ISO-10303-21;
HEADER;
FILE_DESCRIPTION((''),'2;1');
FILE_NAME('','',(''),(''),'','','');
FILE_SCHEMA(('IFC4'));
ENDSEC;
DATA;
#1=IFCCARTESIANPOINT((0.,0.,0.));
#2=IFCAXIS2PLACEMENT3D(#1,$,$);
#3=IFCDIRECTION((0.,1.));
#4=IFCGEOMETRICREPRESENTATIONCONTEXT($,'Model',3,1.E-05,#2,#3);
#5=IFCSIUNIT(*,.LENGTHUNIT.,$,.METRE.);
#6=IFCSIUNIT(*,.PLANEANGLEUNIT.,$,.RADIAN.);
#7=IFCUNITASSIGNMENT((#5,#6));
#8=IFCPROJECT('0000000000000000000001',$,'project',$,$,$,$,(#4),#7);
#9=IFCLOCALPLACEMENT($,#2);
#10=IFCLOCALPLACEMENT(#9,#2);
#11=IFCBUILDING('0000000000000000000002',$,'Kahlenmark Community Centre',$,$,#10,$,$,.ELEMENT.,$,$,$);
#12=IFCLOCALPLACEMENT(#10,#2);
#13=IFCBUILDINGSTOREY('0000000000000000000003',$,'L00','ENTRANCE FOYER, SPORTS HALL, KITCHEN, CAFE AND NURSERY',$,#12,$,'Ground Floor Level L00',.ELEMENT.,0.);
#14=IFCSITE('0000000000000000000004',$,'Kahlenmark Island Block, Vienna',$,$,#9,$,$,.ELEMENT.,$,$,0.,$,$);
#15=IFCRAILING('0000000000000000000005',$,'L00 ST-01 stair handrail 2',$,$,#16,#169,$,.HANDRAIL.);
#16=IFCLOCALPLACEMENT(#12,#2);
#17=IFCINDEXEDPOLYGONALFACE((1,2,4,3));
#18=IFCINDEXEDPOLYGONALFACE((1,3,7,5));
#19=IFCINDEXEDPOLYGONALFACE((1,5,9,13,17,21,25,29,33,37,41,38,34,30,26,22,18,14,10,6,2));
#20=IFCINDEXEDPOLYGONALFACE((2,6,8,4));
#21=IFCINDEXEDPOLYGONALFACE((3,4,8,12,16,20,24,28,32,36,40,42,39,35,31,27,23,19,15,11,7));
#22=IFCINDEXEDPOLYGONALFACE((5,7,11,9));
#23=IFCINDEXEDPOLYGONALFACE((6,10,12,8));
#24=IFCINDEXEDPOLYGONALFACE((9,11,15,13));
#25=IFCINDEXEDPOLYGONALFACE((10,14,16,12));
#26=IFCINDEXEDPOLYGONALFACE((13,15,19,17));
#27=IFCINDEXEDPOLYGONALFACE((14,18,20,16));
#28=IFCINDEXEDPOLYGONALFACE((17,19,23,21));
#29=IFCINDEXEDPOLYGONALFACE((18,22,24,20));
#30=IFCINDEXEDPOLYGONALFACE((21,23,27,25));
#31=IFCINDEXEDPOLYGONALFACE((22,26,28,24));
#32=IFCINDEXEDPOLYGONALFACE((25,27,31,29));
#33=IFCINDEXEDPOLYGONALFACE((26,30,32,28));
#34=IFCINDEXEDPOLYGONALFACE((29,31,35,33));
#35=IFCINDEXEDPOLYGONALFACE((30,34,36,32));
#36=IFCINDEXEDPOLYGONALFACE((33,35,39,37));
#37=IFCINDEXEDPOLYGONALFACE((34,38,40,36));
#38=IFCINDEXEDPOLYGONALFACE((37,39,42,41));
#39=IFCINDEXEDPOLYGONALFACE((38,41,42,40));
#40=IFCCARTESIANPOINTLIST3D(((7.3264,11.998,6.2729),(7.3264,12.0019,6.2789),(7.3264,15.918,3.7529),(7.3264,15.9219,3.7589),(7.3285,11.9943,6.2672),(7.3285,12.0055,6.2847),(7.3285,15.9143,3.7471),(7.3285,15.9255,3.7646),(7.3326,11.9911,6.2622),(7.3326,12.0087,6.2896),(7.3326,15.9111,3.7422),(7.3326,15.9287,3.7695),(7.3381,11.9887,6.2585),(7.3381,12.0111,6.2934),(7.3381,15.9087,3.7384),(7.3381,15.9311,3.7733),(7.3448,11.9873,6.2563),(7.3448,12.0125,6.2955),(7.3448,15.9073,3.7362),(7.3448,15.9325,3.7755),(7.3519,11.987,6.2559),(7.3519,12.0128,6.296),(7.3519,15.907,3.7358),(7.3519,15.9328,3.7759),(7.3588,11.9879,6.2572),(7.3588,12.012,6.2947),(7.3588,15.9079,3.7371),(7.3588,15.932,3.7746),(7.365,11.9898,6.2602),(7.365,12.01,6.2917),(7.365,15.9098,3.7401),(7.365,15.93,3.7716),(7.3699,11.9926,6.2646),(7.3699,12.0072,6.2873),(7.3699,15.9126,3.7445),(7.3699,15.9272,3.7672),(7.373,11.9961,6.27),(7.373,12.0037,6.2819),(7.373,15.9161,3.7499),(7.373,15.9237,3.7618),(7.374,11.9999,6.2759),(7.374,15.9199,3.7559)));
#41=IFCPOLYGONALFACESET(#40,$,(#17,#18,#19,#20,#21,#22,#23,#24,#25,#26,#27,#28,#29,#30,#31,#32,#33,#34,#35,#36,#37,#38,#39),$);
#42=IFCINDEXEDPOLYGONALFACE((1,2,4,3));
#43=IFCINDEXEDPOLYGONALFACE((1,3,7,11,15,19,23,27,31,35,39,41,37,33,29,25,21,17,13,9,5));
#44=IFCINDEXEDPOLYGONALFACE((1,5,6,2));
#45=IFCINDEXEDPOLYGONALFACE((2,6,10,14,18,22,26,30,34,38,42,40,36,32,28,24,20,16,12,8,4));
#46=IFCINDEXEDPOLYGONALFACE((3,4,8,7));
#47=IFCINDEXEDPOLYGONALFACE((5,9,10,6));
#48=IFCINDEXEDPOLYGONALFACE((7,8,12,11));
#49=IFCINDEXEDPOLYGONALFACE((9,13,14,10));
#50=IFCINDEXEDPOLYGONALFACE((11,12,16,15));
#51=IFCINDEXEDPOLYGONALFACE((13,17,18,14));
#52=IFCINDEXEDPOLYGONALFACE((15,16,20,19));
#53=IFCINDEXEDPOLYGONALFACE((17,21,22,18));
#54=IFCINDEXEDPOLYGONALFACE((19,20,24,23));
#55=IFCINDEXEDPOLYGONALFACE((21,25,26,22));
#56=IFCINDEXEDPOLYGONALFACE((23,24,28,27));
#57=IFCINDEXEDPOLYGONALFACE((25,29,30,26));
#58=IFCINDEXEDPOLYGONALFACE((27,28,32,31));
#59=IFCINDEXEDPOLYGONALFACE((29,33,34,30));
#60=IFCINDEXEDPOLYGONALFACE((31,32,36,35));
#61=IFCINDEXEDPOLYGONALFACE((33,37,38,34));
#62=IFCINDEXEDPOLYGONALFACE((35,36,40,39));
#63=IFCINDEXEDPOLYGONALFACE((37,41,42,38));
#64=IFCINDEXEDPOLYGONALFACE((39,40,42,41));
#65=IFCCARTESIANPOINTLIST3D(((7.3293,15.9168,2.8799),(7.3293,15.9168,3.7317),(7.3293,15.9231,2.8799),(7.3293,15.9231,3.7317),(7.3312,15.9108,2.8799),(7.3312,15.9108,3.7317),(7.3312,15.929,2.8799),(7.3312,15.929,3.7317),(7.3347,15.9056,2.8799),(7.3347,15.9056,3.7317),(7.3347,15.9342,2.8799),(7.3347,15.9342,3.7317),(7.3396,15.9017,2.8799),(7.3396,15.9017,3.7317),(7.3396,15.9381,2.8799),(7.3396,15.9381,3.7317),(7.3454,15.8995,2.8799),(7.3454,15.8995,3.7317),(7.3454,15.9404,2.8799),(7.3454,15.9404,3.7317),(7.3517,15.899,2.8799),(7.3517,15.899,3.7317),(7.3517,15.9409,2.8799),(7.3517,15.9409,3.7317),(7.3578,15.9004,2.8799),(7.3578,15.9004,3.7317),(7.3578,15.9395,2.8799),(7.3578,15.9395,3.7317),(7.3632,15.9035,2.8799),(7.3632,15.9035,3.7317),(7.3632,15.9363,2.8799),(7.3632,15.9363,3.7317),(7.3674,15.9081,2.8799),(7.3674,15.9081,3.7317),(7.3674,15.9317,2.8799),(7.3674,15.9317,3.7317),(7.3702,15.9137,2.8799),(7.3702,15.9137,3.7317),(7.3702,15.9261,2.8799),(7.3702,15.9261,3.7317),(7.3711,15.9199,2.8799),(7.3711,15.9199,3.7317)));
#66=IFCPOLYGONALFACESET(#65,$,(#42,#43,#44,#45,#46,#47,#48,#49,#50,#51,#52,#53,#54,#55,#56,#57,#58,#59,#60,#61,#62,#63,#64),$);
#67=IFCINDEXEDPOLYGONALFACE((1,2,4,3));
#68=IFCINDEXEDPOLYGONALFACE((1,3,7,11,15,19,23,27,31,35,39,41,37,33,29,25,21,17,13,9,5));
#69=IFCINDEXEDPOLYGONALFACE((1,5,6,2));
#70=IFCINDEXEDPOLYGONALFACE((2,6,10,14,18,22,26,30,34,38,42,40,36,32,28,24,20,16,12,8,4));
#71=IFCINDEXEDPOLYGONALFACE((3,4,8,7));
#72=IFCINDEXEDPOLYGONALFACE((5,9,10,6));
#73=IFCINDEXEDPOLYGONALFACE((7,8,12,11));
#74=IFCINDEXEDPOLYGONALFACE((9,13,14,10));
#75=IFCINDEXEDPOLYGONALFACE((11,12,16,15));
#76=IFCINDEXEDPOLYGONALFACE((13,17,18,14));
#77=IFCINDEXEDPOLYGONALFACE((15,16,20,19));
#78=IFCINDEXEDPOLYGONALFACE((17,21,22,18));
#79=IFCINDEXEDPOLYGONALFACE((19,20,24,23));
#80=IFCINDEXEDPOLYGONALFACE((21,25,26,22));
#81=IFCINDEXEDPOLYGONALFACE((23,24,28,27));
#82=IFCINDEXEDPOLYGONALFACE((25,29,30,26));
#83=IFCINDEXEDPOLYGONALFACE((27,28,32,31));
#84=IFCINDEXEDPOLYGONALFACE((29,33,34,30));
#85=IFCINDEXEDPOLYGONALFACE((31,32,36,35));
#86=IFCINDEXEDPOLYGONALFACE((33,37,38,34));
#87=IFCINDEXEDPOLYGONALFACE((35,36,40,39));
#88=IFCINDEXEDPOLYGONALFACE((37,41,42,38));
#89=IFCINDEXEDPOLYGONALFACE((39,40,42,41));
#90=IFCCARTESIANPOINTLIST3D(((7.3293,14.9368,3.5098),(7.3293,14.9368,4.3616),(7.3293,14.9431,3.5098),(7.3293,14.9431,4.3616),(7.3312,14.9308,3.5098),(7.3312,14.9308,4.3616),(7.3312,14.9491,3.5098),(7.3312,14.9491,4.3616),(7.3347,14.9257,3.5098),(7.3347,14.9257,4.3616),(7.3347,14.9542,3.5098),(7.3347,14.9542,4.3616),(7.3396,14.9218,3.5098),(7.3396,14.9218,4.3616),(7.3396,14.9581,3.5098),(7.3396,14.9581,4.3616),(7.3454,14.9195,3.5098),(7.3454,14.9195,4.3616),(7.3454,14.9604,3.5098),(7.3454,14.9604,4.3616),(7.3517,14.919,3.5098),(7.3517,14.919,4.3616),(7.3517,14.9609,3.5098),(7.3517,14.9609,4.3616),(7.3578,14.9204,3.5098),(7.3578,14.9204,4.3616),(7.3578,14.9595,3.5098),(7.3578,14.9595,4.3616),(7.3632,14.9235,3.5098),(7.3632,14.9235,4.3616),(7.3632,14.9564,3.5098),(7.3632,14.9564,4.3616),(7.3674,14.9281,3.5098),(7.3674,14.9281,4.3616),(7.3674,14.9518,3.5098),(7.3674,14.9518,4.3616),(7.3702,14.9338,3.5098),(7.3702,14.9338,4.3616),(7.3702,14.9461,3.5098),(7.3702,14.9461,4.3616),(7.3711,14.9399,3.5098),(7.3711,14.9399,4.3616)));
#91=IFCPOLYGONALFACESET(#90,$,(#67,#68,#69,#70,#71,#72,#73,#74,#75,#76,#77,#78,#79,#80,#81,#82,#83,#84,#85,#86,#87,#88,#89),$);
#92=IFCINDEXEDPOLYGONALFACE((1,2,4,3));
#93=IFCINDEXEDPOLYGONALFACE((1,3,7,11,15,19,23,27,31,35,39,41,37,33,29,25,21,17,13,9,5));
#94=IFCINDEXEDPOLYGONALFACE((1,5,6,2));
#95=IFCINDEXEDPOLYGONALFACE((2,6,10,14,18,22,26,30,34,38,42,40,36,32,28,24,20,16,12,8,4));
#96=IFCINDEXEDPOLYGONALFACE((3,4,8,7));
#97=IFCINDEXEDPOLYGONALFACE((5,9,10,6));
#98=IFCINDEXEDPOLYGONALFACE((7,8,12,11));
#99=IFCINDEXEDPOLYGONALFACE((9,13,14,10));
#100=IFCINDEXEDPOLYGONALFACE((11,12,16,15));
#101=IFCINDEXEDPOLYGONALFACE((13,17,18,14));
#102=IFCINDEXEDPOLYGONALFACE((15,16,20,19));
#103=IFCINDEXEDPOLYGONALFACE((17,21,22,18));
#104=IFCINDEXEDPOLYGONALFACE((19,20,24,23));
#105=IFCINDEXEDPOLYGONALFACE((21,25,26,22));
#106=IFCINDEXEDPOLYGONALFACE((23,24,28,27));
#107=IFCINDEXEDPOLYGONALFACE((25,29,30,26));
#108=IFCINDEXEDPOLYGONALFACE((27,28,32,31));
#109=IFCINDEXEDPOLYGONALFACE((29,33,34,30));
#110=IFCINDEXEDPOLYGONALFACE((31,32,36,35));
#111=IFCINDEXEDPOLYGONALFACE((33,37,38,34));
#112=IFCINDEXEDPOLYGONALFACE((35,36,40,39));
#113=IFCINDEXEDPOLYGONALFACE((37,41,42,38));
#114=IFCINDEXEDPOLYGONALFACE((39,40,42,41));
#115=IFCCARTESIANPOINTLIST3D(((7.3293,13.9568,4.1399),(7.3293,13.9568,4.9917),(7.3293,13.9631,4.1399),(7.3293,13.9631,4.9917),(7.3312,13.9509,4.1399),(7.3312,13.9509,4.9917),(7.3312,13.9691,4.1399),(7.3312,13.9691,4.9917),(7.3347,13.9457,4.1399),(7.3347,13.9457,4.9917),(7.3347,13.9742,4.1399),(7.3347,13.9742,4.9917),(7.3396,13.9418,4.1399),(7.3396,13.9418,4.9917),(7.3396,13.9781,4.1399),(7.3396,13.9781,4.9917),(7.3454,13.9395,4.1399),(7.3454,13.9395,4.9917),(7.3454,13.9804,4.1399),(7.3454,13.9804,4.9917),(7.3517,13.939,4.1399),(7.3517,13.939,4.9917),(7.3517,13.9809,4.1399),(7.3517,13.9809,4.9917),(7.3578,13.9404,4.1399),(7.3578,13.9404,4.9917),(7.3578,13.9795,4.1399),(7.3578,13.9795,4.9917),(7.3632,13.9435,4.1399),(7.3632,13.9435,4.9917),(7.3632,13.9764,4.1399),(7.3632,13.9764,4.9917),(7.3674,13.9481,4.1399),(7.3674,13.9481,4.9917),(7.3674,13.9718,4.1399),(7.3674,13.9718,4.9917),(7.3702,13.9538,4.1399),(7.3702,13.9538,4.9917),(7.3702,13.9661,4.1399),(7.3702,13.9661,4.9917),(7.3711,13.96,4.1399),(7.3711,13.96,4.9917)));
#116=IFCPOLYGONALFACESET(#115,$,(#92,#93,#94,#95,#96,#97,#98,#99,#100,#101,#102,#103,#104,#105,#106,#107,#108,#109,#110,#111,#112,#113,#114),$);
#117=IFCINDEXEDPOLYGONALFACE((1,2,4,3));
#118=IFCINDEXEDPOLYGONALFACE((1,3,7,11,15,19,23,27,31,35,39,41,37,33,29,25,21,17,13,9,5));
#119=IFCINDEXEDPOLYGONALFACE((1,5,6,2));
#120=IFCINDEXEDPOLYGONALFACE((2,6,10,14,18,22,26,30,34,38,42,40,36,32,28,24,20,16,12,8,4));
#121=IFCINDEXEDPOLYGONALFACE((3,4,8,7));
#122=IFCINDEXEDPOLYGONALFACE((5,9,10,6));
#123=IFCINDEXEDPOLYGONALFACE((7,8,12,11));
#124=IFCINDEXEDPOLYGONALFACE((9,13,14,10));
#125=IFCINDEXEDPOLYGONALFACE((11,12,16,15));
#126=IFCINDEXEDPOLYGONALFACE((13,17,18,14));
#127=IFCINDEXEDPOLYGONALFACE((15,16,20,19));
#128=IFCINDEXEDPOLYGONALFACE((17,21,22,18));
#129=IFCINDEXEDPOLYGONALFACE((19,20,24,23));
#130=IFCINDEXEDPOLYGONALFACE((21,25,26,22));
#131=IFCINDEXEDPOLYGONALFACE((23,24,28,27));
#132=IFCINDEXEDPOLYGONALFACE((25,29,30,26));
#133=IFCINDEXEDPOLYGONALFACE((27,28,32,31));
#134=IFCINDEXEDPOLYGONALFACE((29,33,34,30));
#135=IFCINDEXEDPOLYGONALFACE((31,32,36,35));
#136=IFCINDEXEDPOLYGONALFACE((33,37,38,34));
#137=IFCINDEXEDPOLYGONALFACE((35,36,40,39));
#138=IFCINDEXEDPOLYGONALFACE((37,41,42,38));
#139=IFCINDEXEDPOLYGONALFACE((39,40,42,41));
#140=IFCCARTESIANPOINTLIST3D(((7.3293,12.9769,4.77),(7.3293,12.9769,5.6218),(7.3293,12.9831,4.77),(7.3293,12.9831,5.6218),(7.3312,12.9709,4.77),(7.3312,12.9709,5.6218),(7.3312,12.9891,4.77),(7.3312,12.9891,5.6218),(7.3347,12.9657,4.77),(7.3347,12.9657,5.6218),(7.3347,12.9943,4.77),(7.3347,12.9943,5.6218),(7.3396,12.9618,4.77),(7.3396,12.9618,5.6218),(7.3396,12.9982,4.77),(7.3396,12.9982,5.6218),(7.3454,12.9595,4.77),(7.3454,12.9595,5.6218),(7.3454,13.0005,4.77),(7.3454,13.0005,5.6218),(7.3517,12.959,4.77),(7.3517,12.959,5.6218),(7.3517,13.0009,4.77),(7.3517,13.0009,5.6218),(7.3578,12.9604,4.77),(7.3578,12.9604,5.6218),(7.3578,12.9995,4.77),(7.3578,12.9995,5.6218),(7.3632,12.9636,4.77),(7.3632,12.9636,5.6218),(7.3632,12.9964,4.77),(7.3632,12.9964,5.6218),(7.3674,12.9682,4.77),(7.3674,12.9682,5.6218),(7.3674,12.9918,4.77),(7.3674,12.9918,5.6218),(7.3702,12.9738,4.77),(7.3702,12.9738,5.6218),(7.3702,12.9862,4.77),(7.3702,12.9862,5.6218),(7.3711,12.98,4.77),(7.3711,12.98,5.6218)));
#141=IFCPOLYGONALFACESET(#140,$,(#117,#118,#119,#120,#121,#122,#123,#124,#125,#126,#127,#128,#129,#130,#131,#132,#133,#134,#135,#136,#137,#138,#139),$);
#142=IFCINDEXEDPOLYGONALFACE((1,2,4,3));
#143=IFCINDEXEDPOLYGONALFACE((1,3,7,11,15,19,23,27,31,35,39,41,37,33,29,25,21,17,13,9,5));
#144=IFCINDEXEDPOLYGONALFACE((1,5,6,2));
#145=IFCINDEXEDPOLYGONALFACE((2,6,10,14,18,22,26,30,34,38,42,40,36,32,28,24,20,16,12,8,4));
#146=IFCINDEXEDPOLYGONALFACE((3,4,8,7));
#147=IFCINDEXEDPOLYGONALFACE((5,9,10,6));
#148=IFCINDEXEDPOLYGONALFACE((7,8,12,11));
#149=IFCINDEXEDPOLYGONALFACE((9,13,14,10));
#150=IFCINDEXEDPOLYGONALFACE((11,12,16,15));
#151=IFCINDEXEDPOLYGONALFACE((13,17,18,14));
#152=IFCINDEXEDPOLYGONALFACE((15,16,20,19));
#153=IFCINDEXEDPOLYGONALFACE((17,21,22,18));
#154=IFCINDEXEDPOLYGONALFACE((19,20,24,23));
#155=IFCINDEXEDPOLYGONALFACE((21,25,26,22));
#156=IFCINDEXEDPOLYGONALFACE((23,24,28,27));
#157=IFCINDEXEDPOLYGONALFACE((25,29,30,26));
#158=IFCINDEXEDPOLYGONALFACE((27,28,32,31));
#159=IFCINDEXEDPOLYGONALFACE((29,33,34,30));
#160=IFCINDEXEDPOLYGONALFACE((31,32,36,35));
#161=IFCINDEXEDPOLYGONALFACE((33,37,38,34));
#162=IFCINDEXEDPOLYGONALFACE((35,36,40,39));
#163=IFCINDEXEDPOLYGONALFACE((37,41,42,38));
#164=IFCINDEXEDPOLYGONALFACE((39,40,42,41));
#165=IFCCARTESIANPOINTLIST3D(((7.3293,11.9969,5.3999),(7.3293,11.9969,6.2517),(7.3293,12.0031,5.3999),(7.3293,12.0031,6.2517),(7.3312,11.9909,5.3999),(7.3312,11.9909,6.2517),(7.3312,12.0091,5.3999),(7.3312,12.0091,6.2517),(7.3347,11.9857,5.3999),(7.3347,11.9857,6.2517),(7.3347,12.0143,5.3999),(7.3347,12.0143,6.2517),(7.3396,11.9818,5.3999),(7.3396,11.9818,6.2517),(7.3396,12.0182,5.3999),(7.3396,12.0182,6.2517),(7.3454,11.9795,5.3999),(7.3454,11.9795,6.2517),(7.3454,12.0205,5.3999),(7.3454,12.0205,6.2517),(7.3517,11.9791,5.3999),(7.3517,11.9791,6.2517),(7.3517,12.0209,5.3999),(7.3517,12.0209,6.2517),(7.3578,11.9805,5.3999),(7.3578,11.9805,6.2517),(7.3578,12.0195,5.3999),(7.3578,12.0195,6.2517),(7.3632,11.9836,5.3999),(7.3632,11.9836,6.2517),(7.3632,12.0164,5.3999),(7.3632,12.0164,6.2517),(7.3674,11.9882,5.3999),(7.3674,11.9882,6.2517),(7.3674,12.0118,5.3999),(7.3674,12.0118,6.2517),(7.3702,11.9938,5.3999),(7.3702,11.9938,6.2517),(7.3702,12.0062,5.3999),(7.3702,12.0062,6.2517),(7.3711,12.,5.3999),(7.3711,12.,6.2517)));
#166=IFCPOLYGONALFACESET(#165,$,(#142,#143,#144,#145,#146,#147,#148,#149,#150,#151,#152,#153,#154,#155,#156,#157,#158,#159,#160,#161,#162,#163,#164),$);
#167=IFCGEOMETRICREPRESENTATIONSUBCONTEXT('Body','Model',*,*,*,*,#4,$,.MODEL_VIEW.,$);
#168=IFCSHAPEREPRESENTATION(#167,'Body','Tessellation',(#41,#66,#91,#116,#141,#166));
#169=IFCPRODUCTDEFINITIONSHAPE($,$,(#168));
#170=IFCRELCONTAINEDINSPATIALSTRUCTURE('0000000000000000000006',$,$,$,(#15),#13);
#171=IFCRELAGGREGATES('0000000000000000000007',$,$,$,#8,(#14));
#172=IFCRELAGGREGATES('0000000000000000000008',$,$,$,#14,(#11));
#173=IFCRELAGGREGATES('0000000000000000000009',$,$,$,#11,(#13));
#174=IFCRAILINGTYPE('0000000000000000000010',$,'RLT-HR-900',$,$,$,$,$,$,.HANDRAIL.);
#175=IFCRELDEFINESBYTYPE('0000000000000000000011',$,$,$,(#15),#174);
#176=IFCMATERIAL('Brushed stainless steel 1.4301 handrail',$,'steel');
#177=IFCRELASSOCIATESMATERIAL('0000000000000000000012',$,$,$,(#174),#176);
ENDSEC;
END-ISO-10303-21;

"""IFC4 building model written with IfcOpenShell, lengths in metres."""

from ifc_helpers import new_model, si_unit, direction, frame, origin, origin_2d, place, context, subcontext, project, spatial, circle, extrude, material, type_object, element, save


model = new_model("IFC4")

# Units and contexts
model_context = context("Model", 3, precision=1e-05, world=origin(), true_north=direction((0.0, 1.0)))
body_context = subcontext(model_context, "Body", "Model", "MODEL_VIEW")
ifc_project = project(units=[si_unit("LENGTHUNIT", "METRE"), si_unit("PLANEANGLEUNIT", "RADIAN")], contexts=[model_context])

# Site, building, storey
site_placement = place(None, origin())
site = spatial("IfcSite", under=ifc_project, at=site_placement, Name="Kahlenmark Island Block, Vienna", CompositionType="ELEMENT", RefElevation=0.0)
building_placement = place(site_placement, origin())
building = spatial("IfcBuilding", under=site, at=building_placement, Name="Kahlenmark Community Centre", CompositionType="ELEMENT")
storey_placement = place(building_placement, origin())
storey = spatial("IfcBuildingStorey", under=building, at=storey_placement, Name="L00", Description="ENTRANCE FOYER, SPORTS HALL, KITCHEN, CAFE AND NURSERY", LongName="Ground Floor Level L00", CompositionType="ELEMENT", Elevation=0.0)

# Railing
ifc_material_1 = material(Name="Brushed stainless steel 1.4301 handrail", Category="steel")
railing_type_1 = type_object("IfcRailingType", Name="RLT-HR-900", PredefinedType="HANDRAIL", material=ifc_material_1)
railing_1_placement = place(storey_placement, frame((7.3501, 15.9199, 2.8799)))
element("IfcRailing", 1, at=railing_1_placement, inside=storey, type_object=railing_type_1, Name="L00 ST-01 stair handrail 2", PredefinedType="HANDRAIL", context=body_context, shape_type="SweptSolid", body=[
    extrude(circle(Radius=0.0239, at=origin_2d()), frame((0.0, 0.0, 0.876), z_axis=(0.0, -0.841172, 0.540768), x_axis=(1.0, 0.0, 0.0)), (0.0, 0.0, 1.0), 4.6602),
    extrude(circle(Radius=0.021, at=origin_2d()), origin(), (0.0, 0.0, 1.0), 0.8518),
    extrude(circle(Radius=0.021, at=origin_2d()), frame((0.0, -0.98, 0.6299)), (0.0, 0.0, 1.0), 0.8518),
    extrude(circle(Radius=0.021, at=origin_2d()), frame((0.0, -1.96, 1.26)), (0.0, 0.0, 1.0), 0.8518),
    extrude(circle(Radius=0.021, at=origin_2d()), frame((0.0, -2.9399, 1.8901)), (0.0, 0.0, 1.0), 0.8518),
    extrude(circle(Radius=0.021, at=origin_2d()), frame((0.0, -3.9199, 2.52)), (0.0, 0.0, 1.0), 0.8518),
])

save(model, "model.ifc")
